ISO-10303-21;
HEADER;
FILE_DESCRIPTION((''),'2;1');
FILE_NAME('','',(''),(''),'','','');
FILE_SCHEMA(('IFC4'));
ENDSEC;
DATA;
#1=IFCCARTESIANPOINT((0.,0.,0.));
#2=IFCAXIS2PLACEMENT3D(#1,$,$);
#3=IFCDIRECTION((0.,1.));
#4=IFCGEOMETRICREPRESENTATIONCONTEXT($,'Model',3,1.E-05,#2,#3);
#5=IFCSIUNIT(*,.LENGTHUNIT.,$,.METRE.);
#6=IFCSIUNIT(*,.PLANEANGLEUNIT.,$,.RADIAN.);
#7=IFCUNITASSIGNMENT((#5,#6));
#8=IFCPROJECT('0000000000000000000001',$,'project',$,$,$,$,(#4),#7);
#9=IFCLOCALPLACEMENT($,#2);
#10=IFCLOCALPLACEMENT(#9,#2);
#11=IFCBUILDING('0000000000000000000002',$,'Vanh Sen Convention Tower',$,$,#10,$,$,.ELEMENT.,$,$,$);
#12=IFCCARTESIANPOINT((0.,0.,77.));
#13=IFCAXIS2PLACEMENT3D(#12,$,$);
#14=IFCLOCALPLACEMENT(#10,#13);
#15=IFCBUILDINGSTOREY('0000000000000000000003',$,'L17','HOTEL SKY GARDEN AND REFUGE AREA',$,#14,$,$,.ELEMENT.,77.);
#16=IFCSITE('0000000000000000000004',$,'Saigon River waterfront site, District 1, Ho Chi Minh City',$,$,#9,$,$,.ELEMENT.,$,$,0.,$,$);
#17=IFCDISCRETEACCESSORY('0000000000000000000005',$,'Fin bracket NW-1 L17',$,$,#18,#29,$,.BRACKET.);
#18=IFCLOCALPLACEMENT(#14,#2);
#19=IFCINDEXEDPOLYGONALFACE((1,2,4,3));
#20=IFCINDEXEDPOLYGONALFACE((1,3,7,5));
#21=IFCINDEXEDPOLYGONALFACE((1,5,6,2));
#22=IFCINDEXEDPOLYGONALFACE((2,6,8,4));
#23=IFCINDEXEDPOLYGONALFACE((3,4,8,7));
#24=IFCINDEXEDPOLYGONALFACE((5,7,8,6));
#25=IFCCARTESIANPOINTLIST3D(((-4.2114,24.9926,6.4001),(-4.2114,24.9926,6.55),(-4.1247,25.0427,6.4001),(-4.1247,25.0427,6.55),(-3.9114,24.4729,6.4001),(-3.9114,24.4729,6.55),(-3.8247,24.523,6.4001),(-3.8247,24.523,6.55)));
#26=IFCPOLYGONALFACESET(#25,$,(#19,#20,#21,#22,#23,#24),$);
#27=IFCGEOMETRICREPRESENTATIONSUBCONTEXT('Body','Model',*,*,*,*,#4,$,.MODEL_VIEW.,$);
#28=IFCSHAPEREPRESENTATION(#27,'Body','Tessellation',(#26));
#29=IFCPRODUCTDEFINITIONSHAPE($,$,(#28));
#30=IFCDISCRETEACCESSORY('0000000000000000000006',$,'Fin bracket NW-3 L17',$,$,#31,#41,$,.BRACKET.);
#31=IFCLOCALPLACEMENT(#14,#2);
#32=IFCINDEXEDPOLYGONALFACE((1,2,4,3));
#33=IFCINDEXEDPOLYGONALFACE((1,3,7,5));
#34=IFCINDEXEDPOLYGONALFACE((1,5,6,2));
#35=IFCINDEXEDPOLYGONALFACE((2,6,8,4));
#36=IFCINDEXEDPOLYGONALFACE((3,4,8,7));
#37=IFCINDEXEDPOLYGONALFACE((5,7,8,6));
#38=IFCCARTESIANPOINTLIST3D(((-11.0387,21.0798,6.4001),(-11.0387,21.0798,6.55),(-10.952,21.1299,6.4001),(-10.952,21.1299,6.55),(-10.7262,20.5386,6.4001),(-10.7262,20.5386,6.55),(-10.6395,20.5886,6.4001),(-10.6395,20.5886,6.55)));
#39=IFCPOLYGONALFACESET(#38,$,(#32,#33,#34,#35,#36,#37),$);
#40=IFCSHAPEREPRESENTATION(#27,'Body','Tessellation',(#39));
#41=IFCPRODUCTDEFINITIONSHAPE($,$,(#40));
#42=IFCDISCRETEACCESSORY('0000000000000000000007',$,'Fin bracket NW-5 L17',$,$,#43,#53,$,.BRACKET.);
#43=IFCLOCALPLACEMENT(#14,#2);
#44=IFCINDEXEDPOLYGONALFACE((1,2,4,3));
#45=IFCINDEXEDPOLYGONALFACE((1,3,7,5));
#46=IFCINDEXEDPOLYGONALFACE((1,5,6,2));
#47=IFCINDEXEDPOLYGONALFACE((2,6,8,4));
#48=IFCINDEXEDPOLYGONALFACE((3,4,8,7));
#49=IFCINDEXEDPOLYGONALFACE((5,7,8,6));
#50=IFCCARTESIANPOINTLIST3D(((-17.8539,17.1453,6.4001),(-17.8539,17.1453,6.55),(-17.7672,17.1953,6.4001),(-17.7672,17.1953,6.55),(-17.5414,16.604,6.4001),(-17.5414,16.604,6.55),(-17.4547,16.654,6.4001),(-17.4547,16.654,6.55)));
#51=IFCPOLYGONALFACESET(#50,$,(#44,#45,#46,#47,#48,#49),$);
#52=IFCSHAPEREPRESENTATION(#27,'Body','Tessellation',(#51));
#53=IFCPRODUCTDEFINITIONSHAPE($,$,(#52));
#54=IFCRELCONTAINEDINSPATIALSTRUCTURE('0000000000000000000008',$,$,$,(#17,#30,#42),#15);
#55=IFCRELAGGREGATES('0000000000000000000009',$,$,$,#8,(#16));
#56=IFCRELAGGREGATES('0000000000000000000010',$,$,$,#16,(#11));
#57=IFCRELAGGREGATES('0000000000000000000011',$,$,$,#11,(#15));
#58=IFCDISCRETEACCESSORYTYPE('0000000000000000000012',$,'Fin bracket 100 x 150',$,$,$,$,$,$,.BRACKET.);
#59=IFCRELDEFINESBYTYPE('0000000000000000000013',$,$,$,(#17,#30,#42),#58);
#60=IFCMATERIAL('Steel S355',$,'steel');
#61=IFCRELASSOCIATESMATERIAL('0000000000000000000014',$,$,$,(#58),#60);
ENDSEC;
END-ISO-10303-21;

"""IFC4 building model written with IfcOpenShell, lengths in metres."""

from ifc_helpers import new_model, si_unit, direction, frame, origin, origin_2d, place, context, subcontext, project, spatial, rectangle, extrude, material, type_object, element, save


model = new_model("IFC4")

# Units and contexts
model_context = context("Model", 3, precision=1e-05, world=origin(), true_north=direction((0.0, 1.0)))
body_context = subcontext(model_context, "Body", "Model", "MODEL_VIEW")
ifc_project = project(units=[si_unit("LENGTHUNIT", "METRE"), si_unit("PLANEANGLEUNIT", "RADIAN")], contexts=[model_context])

# Site, building, storey
site_placement = place(None, origin())
site = spatial("IfcSite", under=ifc_project, at=site_placement, Name="Saigon River waterfront site, District 1, Ho Chi Minh City", CompositionType="ELEMENT", RefElevation=0.0)
building_placement = place(site_placement, origin())
building = spatial("IfcBuilding", under=site, at=building_placement, Name="Vanh Sen Convention Tower", CompositionType="ELEMENT")
storey_placement = place(building_placement, frame((0.0, 0.0, 77.0)))
storey = spatial("IfcBuildingStorey", under=building, at=storey_placement, Name="L17", Description="HOTEL SKY GARDEN AND REFUGE AREA", CompositionType="ELEMENT", Elevation=77.0)

# Discrete accessories
ifc_material_1 = material(Name="Steel S355", Category="steel")
discrete_accessory_type = type_object("IfcDiscreteAccessoryType", Name="Fin bracket 100 x 150", PredefinedType="BRACKET", material=ifc_material_1)
discrete_accessory_placement = place(storey_placement, frame((-4.0181, 24.7578, 6.4001), z_axis=(0.0, 0.0, 1.0), x_axis=(-0.5, 0.866025, 0.0)))
element("IfcDiscreteAccessory", 1, at=discrete_accessory_placement, inside=storey, type_object=discrete_accessory_type, Name="Fin bracket NW-1 L17", PredefinedType="BRACKET", context=body_context, shape_type="SweptSolid", body=[
    extrude(rectangle(XDim=0.6001, YDim=0.1001, at=origin_2d()), origin(), (0.0, 0.0, 1.0), 0.1499),
])
for number, where, z_axis, x_axis, name in (
    (2, (-10.8391, 20.8342, 6.4001), (0.0, 0.0, 1.0), (-0.5, 0.866025, 0.0), "Fin bracket NW-3 L17"),
    (3, (-17.6543, 16.8997, 6.4001), (0.0, 0.0, 1.0), (-0.5, 0.866025, 0.0), "Fin bracket NW-5 L17"),
):
    element("IfcDiscreteAccessory", number, at=place(storey_placement, frame(where, z_axis=z_axis, x_axis=x_axis)), inside=storey, type_object=discrete_accessory_type, Name=name, PredefinedType="BRACKET", context=body_context, shape_type="SweptSolid", body=[
        extrude(rectangle(XDim=0.625, YDim=0.1001, at=origin_2d()), origin(), (0.0, 0.0, 1.0), 0.1499),
    ])

save(model, "model.ifc")
